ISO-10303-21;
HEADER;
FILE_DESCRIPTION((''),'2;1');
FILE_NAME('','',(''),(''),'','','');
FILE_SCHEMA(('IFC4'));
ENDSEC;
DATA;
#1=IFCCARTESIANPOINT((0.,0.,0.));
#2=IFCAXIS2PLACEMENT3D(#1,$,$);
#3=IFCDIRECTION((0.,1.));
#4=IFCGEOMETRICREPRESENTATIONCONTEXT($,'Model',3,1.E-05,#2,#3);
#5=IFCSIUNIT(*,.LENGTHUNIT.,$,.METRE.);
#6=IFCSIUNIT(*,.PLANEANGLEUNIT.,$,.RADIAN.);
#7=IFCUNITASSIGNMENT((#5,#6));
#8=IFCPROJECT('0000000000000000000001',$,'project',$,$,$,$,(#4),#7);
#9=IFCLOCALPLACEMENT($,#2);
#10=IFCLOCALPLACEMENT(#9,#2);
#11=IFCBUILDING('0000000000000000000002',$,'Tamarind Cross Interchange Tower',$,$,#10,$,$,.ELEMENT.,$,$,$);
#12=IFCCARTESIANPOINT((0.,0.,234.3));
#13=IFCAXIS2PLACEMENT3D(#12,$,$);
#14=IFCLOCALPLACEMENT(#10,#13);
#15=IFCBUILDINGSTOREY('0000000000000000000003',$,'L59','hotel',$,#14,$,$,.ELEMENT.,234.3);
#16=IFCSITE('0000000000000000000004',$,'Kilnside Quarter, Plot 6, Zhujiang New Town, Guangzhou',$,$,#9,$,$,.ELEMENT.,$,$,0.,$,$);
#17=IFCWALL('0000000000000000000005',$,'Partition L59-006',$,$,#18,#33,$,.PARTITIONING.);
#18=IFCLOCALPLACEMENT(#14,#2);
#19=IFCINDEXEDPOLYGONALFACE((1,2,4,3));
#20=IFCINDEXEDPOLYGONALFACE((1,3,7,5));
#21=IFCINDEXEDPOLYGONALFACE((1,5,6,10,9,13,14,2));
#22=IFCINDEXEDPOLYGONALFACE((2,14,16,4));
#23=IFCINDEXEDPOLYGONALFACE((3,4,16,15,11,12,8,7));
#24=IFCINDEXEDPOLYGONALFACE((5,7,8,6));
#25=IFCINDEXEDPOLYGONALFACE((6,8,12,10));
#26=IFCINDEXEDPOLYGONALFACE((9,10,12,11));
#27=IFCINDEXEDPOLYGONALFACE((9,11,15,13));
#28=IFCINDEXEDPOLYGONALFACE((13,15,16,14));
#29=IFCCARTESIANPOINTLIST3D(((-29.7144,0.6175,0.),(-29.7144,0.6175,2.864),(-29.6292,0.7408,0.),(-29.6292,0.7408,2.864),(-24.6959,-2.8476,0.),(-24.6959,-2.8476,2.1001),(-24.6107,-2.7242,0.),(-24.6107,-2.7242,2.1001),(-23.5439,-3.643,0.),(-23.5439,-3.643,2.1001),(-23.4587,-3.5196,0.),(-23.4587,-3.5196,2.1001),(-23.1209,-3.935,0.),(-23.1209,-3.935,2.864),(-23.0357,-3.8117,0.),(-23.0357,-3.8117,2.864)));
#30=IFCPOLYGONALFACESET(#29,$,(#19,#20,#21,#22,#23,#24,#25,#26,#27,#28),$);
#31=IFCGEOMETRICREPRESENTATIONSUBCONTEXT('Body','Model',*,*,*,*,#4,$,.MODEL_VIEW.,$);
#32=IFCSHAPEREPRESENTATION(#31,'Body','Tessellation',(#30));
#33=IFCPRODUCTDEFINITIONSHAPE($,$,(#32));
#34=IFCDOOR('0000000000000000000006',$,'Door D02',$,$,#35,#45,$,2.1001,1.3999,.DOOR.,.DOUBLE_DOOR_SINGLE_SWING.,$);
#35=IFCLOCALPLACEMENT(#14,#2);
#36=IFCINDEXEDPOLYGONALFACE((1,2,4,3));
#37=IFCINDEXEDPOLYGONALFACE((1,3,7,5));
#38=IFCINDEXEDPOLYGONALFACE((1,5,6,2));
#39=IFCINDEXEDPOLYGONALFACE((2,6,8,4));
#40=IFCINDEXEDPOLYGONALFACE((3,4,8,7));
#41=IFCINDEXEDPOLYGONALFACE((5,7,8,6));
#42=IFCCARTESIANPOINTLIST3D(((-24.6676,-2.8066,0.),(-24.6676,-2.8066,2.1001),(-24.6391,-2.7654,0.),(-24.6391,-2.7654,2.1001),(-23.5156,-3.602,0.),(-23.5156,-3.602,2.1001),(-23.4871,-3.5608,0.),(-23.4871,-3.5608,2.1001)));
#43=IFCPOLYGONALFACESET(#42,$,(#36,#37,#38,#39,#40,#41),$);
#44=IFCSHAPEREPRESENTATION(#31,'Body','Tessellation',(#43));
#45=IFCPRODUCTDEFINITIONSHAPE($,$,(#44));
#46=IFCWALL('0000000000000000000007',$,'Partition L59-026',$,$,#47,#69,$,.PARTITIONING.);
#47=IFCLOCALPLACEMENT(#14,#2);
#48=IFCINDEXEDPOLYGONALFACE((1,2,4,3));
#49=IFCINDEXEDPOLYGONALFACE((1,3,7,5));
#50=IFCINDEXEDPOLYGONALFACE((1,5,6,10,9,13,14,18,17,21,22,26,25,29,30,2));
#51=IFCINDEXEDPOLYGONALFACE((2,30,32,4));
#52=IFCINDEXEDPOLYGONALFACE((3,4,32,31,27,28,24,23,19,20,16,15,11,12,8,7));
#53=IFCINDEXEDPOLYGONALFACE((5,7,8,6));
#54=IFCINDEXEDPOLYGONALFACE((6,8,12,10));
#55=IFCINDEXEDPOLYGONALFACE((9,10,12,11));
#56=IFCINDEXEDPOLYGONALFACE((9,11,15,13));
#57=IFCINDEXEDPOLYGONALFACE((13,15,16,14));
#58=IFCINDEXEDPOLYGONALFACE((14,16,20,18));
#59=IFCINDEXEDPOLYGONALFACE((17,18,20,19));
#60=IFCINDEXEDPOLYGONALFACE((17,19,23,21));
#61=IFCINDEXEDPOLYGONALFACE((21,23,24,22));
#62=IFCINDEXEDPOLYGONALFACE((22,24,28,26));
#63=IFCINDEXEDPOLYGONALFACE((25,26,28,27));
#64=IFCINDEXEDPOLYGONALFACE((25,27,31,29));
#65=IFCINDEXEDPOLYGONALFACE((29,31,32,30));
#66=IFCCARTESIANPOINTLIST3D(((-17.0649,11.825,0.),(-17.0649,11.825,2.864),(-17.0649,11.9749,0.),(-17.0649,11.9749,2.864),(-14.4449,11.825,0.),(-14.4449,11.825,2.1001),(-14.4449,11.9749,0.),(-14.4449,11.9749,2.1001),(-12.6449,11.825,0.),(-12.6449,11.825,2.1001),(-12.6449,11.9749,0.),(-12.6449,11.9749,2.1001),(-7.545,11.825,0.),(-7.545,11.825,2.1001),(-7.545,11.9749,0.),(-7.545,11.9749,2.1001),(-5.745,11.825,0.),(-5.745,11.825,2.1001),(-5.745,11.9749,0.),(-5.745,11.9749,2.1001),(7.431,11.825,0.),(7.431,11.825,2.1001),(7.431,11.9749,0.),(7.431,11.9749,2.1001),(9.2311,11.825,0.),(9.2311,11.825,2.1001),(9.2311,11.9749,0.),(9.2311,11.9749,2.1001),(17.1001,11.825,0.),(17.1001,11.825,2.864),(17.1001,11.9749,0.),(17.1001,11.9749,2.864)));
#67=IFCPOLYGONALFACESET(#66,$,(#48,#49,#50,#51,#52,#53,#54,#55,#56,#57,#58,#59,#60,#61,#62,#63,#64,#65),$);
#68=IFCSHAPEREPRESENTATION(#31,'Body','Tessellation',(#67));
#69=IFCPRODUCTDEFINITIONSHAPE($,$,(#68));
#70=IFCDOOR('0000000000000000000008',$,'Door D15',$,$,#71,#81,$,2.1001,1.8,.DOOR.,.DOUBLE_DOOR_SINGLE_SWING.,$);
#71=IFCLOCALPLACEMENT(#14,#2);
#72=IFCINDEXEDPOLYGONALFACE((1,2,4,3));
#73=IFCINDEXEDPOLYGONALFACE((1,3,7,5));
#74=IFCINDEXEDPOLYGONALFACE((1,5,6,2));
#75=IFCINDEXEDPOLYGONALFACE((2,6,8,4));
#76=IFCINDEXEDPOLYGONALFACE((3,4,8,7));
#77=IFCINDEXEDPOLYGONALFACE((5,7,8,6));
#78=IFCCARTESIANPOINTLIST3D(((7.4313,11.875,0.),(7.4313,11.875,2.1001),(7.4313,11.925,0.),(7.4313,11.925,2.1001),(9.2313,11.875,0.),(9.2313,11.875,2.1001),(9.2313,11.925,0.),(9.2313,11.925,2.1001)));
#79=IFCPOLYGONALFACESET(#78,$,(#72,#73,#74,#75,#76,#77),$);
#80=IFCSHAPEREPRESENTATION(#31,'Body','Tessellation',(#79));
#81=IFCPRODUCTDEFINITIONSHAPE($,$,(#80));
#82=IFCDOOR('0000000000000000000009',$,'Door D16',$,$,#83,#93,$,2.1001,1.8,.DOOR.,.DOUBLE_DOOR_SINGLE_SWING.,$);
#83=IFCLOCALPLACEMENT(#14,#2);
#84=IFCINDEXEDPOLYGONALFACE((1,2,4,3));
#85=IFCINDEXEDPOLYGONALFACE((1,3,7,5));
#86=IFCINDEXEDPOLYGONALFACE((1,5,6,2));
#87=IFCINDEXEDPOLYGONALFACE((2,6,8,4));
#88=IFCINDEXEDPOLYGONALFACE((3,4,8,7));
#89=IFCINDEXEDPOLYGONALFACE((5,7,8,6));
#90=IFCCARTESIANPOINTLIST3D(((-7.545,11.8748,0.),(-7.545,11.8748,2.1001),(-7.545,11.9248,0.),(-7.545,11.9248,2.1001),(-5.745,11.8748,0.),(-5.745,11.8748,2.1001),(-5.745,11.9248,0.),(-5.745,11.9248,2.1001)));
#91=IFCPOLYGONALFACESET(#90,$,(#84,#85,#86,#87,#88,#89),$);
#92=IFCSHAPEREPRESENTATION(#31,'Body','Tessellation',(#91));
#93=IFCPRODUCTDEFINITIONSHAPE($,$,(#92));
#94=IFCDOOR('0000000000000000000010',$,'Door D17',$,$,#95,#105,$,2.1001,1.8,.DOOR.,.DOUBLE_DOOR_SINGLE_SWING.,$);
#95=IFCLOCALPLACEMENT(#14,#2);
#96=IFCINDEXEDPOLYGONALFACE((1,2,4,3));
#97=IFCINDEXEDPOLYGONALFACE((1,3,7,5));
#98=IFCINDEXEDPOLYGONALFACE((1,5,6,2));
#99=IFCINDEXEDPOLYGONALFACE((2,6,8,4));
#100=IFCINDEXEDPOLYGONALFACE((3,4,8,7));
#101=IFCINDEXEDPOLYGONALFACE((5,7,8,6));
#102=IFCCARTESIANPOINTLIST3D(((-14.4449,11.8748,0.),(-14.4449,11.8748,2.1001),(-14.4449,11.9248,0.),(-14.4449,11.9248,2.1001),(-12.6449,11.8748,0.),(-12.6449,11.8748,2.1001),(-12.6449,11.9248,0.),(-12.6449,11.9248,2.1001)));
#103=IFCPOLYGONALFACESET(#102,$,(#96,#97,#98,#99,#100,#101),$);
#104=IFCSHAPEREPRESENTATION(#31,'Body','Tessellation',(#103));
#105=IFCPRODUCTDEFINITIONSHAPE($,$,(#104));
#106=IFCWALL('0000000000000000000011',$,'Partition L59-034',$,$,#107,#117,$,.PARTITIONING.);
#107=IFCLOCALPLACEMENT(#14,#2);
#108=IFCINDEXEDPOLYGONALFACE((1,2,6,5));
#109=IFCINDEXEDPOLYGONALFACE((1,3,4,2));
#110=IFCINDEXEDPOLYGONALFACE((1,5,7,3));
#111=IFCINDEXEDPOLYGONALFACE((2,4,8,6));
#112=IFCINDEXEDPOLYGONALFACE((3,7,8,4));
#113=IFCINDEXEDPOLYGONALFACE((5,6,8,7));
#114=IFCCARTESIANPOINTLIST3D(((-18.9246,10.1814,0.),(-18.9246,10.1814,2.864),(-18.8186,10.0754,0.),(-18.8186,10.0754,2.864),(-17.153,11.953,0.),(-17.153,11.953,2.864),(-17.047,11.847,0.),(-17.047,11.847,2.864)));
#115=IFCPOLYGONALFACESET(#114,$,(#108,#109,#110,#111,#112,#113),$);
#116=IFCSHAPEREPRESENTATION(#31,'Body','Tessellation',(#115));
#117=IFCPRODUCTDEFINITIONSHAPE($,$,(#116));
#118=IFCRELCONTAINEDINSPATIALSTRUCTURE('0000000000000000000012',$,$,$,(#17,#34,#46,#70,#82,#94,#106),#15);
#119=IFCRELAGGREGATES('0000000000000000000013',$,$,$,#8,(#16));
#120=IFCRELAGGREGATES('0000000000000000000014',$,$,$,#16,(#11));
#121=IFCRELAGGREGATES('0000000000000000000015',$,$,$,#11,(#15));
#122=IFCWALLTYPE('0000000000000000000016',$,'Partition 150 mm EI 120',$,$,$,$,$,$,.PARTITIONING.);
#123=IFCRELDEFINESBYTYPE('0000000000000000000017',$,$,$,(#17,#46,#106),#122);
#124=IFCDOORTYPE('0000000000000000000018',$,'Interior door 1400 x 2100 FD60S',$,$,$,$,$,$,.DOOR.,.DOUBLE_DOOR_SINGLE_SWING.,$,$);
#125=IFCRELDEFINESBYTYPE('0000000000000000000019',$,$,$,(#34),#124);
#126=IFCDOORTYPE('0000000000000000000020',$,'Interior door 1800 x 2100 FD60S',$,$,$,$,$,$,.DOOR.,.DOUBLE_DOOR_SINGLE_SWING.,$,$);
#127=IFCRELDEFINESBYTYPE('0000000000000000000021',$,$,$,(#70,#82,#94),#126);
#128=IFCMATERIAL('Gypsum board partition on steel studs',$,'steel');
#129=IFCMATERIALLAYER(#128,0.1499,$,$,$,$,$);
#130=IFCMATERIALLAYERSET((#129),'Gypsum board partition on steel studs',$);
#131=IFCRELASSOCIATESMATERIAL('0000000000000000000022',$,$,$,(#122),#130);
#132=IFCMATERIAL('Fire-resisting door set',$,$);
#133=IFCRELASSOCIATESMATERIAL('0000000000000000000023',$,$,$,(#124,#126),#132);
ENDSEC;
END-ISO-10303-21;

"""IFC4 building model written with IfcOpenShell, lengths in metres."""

from ifc_helpers import new_model, si_unit, direction, frame, frame_2d, origin, place, context, subcontext, project, spatial, rectangle, extrude, material, layer, layer_set, type_object, element, fill, save


model = new_model("IFC4")

# Units and contexts
model_context = context("Model", 3, precision=1e-05, world=origin(), true_north=direction((0.0, 1.0)))
body_context = subcontext(model_context, "Body", "Model", "MODEL_VIEW")
ifc_project = project(units=[si_unit("LENGTHUNIT", "METRE"), si_unit("PLANEANGLEUNIT", "RADIAN")], contexts=[model_context])

# Site, building, storey
site_placement = place(None, origin())
site = spatial("IfcSite", under=ifc_project, at=site_placement, Name="Kilnside Quarter, Plot 6, Zhujiang New Town, Guangzhou", CompositionType="ELEMENT", RefElevation=0.0)
building_placement = place(site_placement, origin())
building = spatial("IfcBuilding", under=site, at=building_placement, Name="Tamarind Cross Interchange Tower", CompositionType="ELEMENT")
storey_placement = place(building_placement, frame((0.0, 0.0, 234.3)))
storey = spatial("IfcBuildingStorey", under=building, at=storey_placement, Name="L59", Description="hotel", CompositionType="ELEMENT", Elevation=234.3)

# Shared definitions
ifc_material_1 = material(Name="Gypsum board partition on steel studs", Category="steel")

# Wall, opening, door
ifc_layer_1 = layer(ifc_material_1, 0.1499)
ifc_layer_set_1 = layer_set([ifc_layer_1], Name="Gypsum board partition on steel studs")
wall_type_1 = type_object("IfcWallType", Name="Partition 150 mm EI 120", PredefinedType="PARTITIONING", material=ifc_layer_set_1)
wall_1_placement = place(storey_placement, frame((-29.6719, 0.6792, 0.0), z_axis=(0.0, 0.0, 1.0), x_axis=(0.822907, -0.568176, 0.0)))
wall_1 = element("IfcWall", 1, at=wall_1_placement, inside=storey, type_object=wall_type_1, Name="Partition L59-006", PredefinedType="PARTITIONING", context=body_context, shape_type="SweptSolid", body=[
    extrude(rectangle(XDim=8.0125, YDim=0.1499, at=frame_2d((4.0063, 0.0))), origin(), (0.0, 0.0, 1.0), 2.864),
])
opening_1_placement = place(wall_1_placement, frame((6.0986, 0.0, 0.0)))
opening_1 = element("IfcOpeningElement", 2, at=opening_1_placement, cuts=wall_1, PredefinedType="OPENING", context=body_context, shape_type="SweptSolid", body=[
    extrude(rectangle(XDim=1.3999, YDim=2.1001, at=frame_2d((0.7, 1.05))), frame((0.0, 0.085, 0.0), z_axis=(0.0, -1.0, 0.0), x_axis=(1.0, 0.0, 0.0)), (0.0, 0.0, 1.0), 0.1699),
])
ifc_material_2 = material(Name="Fire-resisting door set")
door_type_1 = type_object("IfcDoorType", Name="Interior door 1400 x 2100 FD60S", OperationType="DOUBLE_DOOR_SINGLE_SWING", PredefinedType="DOOR", material=ifc_material_2)
door_1_placement = place(opening_1_placement, origin())
door_1 = element("IfcDoor", 3, at=door_1_placement, inside=storey, type_object=door_type_1, Name="Door D02", OperationType="DOUBLE_DOOR_SINGLE_SWING", OverallHeight=2.1001, OverallWidth=1.3999, PredefinedType="DOOR", context=body_context, shape_type="SweptSolid", body=[
    extrude(rectangle(XDim=1.3999, YDim=2.1001, at=frame_2d((0.7, 1.05))), frame((0.0, 0.0249, 0.0), z_axis=(0.0, -1.0, 0.0), x_axis=(1.0, 0.0, 0.0)), (0.0, 0.0, 1.0), 0.05),
])
fill(opening_1, door_1)

# Wall, openings, doors
wall_2_placement = place(storey_placement, frame((-17.0649, 11.8999, 0.0), z_axis=(0.0, 0.0, 1.0), x_axis=(1.0, 0.0, 0.0)))
wall_2 = element("IfcWall", 4, at=wall_2_placement, inside=storey, type_object=wall_type_1, Name="Partition L59-026", PredefinedType="PARTITIONING", context=body_context, shape_type="SweptSolid", body=[
    extrude(rectangle(XDim=34.165, YDim=0.1499, at=frame_2d((17.0825, 0.0))), origin(), (0.0, 0.0, 1.0), 2.864),
])
opening_2_placement = place(wall_2_placement, frame((24.4961, 0.0, 0.0)))
opening_2 = element("IfcOpeningElement", 5, at=opening_2_placement, cuts=wall_2, PredefinedType="OPENING", context=body_context, shape_type="SweptSolid", body=[
    extrude(rectangle(XDim=1.8, YDim=2.1001, at=frame_2d((0.8999, 1.05))), frame((0.0, 0.085, 0.0), z_axis=(0.0, -1.0, 0.0), x_axis=(1.0, 0.0, 0.0)), (0.0, 0.0, 1.0), 0.1699),
])
opening_3_placement = place(wall_2_placement, frame((9.52, 0.0, 0.0)))
opening_3 = element("IfcOpeningElement", 6, at=opening_3_placement, cuts=wall_2, PredefinedType="OPENING", context=body_context, shape_type="SweptSolid", body=[
    extrude(rectangle(XDim=1.8, YDim=2.1001, at=frame_2d((0.8999, 1.05))), frame((0.0, 0.085, 0.0), z_axis=(0.0, -1.0, 0.0), x_axis=(1.0, 0.0, 0.0)), (0.0, 0.0, 1.0), 0.1699),
])
opening_4_placement = place(wall_2_placement, frame((2.6201, 0.0, 0.0)))
opening_4 = element("IfcOpeningElement", 7, at=opening_4_placement, cuts=wall_2, PredefinedType="OPENING", context=body_context, shape_type="SweptSolid", body=[
    extrude(rectangle(XDim=1.8, YDim=2.1001, at=frame_2d((0.8999, 1.05))), frame((0.0, 0.085, 0.0), z_axis=(0.0, -1.0, 0.0), x_axis=(1.0, 0.0, 0.0)), (0.0, 0.0, 1.0), 0.1699),
])
door_type_2 = type_object("IfcDoorType", Name="Interior door 1800 x 2100 FD60S", OperationType="DOUBLE_DOOR_SINGLE_SWING", PredefinedType="DOOR", material=ifc_material_2)
door_2_placement = place(opening_2_placement, frame((1.8, 0.0, 0.0), z_axis=(0.0, 0.0, 1.0), x_axis=(-1.0, 0.0, 0.0)))
door_2 = element("IfcDoor", 8, at=door_2_placement, inside=storey, type_object=door_type_2, Name="Door D15", OperationType="DOUBLE_DOOR_SINGLE_SWING", OverallHeight=2.1001, OverallWidth=1.8, PredefinedType="DOOR", context=body_context, shape_type="SweptSolid", body=[
    extrude(rectangle(XDim=1.8, YDim=2.1001, at=frame_2d((0.8999, 1.05))), frame((0.0, 0.0249, 0.0), z_axis=(0.0, -1.0, 0.0), x_axis=(1.0, 0.0, 0.0)), (0.0, 0.0, 1.0), 0.05),
])
fill(opening_2, door_2)
door_3_placement = place(opening_3_placement, origin())
door_3 = element("IfcDoor", 9, at=door_3_placement, inside=storey, type_object=door_type_2, Name="Door D16", OperationType="DOUBLE_DOOR_SINGLE_SWING", OverallHeight=2.1001, OverallWidth=1.8, PredefinedType="DOOR", context=body_context, shape_type="SweptSolid", body=[
    extrude(rectangle(XDim=1.8, YDim=2.1001, at=frame_2d((0.8999, 1.05))), frame((0.0, 0.0249, 0.0), z_axis=(0.0, -1.0, 0.0), x_axis=(1.0, 0.0, 0.0)), (0.0, 0.0, 1.0), 0.05),
])
fill(opening_3, door_3)
door_4_placement = place(opening_4_placement, origin())
door_4 = element("IfcDoor", 10, at=door_4_placement, inside=storey, type_object=door_type_2, Name="Door D17", OperationType="DOUBLE_DOOR_SINGLE_SWING", OverallHeight=2.1001, OverallWidth=1.8, PredefinedType="DOOR", context=body_context, shape_type="SweptSolid", body=[
    extrude(rectangle(XDim=1.8, YDim=2.1001, at=frame_2d((0.8999, 1.05))), frame((0.0, 0.0249, 0.0), z_axis=(0.0, -1.0, 0.0), x_axis=(1.0, 0.0, 0.0)), (0.0, 0.0, 1.0), 0.05),
])
fill(opening_4, door_4)

# Wall
wall_3_placement = place(storey_placement, frame((-18.8716, 10.1284, 0.0), z_axis=(0.0, 0.0, 1.0), x_axis=(0.707107, 0.707107, 0.0)))
element("IfcWall", 11, at=wall_3_placement, inside=storey, type_object=wall_type_1, Name="Partition L59-034", PredefinedType="PARTITIONING", context=body_context, shape_type="SweptSolid", body=[
    extrude(rectangle(XDim=2.5054, YDim=0.1499, at=frame_2d((1.2527, 0.0))), origin(), (0.0, 0.0, 1.0), 2.864),
])

save(model, "model.ifc")
